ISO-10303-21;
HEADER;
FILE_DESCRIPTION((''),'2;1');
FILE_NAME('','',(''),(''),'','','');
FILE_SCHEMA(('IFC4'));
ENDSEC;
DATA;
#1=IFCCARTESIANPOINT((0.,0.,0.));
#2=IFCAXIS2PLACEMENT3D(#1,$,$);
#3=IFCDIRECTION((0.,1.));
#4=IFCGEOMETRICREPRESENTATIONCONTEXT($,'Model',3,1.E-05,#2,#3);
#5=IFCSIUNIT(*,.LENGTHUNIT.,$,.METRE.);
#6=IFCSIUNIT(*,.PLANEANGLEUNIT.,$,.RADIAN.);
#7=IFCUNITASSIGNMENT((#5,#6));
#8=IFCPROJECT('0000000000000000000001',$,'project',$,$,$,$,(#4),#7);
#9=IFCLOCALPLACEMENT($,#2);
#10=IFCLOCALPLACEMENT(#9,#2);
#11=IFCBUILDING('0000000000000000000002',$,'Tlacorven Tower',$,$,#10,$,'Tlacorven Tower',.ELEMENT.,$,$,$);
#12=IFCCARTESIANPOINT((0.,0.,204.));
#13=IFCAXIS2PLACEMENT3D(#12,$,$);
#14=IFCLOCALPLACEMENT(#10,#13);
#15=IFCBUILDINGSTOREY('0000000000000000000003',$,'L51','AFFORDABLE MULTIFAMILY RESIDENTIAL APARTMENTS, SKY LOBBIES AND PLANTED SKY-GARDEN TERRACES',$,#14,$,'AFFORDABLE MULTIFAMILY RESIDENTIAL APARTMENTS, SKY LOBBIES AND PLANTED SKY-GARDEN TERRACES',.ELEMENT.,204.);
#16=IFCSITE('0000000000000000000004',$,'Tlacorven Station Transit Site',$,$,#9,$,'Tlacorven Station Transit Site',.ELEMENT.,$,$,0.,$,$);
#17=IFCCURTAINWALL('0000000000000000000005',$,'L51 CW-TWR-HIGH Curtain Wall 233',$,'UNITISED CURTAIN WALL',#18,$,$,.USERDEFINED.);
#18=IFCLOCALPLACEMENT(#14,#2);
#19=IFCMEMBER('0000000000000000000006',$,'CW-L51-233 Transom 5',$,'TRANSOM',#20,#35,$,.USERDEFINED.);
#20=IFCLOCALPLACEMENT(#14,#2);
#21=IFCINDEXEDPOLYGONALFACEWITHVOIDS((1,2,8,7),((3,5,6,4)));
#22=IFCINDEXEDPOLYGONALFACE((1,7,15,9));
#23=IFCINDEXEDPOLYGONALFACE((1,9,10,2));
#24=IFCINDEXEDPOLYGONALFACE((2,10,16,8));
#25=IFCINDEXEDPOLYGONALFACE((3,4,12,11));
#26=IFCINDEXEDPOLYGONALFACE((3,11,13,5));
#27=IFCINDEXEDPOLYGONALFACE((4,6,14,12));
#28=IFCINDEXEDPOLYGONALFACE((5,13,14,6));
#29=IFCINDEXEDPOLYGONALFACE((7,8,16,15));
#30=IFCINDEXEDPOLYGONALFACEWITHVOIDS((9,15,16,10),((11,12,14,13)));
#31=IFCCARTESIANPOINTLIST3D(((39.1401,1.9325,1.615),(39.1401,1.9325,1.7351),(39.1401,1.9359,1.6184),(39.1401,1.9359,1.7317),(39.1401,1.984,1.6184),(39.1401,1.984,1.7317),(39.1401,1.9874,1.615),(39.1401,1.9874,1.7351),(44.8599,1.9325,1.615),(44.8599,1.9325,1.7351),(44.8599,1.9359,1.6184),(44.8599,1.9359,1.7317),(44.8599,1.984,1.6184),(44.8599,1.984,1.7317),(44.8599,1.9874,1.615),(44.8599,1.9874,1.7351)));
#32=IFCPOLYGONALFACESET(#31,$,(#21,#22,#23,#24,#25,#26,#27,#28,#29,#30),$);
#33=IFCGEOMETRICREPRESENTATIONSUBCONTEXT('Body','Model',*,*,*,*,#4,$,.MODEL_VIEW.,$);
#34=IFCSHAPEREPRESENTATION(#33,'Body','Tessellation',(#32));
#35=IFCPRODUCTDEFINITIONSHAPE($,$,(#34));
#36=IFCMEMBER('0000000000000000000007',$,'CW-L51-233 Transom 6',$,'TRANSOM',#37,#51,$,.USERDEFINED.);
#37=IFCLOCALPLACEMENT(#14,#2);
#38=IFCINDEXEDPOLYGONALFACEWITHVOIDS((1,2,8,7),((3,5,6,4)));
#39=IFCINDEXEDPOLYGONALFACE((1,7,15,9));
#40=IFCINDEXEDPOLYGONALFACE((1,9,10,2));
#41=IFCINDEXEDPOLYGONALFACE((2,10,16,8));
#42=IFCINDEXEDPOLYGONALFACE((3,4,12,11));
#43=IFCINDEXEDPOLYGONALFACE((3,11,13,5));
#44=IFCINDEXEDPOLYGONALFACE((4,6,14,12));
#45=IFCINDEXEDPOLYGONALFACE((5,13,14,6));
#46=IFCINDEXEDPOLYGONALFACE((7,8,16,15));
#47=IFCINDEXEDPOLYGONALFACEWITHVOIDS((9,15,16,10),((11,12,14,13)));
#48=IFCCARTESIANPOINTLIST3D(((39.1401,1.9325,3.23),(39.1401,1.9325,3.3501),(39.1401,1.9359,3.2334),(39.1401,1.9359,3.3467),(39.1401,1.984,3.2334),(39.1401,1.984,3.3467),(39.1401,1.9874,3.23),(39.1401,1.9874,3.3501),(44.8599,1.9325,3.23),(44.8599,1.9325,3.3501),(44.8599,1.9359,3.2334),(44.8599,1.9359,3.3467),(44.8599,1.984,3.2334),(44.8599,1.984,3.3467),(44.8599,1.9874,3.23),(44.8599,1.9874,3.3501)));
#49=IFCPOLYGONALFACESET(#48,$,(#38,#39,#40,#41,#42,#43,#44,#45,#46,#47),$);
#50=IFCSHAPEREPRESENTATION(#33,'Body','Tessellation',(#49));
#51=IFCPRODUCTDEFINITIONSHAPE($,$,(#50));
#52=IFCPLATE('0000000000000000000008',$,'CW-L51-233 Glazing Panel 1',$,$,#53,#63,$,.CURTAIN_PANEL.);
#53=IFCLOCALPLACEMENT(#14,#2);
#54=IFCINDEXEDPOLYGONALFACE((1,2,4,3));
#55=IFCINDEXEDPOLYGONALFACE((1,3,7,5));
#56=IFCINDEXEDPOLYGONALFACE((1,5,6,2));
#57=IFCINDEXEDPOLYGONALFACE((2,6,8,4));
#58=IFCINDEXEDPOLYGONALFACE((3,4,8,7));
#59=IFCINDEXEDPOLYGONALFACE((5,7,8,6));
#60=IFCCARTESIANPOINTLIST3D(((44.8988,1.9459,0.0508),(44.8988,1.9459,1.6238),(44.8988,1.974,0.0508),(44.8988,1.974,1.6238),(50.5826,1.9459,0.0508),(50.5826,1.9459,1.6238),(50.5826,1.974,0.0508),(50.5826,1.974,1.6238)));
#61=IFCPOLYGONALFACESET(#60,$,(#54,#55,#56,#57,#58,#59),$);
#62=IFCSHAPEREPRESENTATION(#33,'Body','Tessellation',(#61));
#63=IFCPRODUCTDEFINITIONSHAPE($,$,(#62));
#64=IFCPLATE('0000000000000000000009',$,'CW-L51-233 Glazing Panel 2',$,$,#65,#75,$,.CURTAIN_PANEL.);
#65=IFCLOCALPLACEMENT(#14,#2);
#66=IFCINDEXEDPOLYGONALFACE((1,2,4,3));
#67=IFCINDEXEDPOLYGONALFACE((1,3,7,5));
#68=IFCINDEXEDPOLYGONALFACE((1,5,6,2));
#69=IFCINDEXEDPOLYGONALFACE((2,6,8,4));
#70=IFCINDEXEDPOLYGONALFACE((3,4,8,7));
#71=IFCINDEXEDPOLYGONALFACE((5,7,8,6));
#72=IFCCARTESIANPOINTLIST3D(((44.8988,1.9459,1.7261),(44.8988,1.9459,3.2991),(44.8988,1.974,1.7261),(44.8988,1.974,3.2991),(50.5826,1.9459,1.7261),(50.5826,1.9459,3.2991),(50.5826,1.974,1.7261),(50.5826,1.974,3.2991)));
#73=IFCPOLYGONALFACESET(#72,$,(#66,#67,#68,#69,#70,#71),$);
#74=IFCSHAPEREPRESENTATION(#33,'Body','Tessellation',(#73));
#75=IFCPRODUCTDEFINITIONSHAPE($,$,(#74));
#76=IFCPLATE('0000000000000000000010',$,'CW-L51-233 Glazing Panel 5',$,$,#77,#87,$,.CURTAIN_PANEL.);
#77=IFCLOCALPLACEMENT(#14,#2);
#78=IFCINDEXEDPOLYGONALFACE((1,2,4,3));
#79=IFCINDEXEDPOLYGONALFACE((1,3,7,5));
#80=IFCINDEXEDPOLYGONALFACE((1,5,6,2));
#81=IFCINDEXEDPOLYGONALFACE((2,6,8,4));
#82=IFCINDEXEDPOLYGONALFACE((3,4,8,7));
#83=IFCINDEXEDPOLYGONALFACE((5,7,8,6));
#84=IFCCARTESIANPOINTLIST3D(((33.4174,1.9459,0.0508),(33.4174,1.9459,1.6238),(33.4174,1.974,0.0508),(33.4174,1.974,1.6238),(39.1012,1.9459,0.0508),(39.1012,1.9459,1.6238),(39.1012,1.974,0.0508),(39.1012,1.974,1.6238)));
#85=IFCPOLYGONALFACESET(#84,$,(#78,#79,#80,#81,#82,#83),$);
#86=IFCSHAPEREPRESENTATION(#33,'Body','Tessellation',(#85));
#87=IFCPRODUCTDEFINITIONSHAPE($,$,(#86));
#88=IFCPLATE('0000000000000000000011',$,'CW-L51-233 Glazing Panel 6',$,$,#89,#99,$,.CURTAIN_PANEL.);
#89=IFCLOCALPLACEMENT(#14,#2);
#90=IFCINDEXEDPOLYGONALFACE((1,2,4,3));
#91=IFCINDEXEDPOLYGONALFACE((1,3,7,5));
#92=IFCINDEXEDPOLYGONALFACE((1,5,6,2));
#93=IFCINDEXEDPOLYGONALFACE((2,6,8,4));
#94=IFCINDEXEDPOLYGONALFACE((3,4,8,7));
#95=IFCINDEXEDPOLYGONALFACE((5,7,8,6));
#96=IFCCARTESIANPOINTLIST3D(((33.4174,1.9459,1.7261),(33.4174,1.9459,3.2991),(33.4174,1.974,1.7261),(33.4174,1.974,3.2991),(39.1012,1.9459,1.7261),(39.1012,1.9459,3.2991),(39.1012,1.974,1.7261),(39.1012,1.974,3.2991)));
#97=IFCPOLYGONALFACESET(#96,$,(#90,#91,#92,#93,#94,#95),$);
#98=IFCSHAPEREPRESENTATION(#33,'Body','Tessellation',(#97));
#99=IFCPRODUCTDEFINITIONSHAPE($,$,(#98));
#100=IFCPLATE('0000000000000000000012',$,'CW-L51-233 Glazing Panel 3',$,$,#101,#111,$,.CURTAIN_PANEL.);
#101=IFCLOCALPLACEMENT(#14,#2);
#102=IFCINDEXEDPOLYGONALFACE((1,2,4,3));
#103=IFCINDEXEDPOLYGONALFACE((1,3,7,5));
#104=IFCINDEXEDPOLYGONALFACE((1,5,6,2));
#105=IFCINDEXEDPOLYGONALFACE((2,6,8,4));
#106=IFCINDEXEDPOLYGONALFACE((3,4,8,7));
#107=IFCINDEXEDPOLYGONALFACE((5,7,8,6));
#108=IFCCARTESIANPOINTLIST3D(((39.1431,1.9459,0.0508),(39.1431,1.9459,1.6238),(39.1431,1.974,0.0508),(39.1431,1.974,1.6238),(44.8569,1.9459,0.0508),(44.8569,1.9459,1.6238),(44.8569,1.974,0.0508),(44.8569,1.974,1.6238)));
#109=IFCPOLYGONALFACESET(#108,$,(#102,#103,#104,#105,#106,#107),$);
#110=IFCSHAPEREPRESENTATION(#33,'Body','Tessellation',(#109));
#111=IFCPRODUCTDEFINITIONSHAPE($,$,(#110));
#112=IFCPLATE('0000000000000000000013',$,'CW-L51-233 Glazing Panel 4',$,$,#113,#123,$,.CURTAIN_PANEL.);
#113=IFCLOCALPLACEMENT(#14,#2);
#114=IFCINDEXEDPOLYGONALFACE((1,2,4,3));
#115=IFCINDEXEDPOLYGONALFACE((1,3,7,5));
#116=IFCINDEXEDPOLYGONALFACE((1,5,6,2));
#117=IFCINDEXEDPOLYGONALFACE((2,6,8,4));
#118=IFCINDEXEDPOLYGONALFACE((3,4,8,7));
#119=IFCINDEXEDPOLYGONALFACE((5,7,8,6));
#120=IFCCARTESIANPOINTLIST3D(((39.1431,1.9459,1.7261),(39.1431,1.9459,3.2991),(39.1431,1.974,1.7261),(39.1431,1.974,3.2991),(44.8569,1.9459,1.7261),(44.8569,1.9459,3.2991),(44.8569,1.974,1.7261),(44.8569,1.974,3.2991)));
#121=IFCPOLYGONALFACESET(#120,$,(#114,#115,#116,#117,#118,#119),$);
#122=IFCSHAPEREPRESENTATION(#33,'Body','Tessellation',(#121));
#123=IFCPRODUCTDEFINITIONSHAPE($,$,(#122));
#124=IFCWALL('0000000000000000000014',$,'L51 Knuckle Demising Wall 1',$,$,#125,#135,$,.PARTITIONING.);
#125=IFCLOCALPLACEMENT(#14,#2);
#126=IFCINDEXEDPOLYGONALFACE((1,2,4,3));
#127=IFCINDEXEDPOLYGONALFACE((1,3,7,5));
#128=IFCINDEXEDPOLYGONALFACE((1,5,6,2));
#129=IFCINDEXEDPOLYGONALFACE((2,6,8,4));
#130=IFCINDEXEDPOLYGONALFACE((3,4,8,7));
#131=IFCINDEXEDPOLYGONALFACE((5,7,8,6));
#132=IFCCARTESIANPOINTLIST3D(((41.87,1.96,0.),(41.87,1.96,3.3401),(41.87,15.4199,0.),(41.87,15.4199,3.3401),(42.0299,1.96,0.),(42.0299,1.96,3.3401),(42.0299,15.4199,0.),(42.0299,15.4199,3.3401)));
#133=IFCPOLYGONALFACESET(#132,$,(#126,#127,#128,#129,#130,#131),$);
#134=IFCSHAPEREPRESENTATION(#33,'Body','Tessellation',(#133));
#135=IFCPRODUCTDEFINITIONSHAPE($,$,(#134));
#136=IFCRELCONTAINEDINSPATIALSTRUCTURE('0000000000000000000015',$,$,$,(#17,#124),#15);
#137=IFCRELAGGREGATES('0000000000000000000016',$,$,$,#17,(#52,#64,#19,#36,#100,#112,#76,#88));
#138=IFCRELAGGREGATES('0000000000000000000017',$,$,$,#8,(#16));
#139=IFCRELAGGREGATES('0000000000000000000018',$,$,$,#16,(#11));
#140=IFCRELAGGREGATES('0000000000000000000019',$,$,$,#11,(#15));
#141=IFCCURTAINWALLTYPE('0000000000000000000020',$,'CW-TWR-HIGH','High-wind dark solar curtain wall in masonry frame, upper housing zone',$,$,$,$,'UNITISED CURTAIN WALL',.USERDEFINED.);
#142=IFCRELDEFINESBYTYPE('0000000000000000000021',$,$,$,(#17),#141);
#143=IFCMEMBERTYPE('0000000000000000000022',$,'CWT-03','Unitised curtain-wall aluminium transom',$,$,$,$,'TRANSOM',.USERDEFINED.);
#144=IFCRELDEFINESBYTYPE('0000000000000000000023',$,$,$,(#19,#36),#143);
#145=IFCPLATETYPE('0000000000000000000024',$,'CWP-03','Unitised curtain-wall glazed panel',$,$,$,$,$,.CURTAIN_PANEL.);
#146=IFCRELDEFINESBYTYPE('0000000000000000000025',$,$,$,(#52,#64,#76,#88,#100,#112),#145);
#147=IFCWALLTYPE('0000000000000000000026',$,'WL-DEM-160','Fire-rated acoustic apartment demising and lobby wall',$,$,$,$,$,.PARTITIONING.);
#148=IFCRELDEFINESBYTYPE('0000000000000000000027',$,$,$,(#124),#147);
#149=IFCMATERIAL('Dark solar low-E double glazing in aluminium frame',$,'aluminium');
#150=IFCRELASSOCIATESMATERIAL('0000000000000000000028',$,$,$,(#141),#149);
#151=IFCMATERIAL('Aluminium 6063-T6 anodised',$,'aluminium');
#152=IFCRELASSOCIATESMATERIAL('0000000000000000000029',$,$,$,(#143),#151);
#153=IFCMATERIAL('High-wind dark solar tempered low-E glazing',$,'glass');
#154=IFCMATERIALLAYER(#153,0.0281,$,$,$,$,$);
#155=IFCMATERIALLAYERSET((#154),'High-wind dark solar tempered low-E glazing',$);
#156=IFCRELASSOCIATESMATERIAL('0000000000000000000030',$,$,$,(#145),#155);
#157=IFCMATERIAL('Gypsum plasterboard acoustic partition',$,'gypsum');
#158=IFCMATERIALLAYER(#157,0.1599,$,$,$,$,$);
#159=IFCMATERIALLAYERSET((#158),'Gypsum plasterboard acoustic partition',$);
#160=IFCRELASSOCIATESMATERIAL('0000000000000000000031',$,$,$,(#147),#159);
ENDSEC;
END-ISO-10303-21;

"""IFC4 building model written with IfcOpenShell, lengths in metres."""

from ifc_helpers import new_model, si_unit, direction, frame, frame_2d, origin, origin_2d, place, context, subcontext, project, spatial, rectangle, hollow_rectangle, extrude, source, transform, mapped, material, layer, layer_set, material_profile, profile_set, type_object, element, aggregate, save


model = new_model("IFC4")

# Units and contexts
model_context = context("Model", 3, precision=1e-05, world=origin(), true_north=direction((0.0, 1.0)))
body_context = subcontext(model_context, "Body", "Model", "MODEL_VIEW")
ifc_project = project(units=[si_unit("LENGTHUNIT", "METRE"), si_unit("PLANEANGLEUNIT", "RADIAN")], contexts=[model_context])

# Site, building, storey
site_placement = place(None, origin())
site = spatial("IfcSite", under=ifc_project, at=site_placement, Name="Tlacorven Station Transit Site", LongName="Tlacorven Station Transit Site", CompositionType="ELEMENT", RefElevation=0.0)
building_placement = place(site_placement, origin())
building = spatial("IfcBuilding", under=site, at=building_placement, Name="Tlacorven Tower", LongName="Tlacorven Tower", CompositionType="ELEMENT")
storey_placement = place(building_placement, frame((0.0, 0.0, 204.0)))
storey = spatial("IfcBuildingStorey", under=building, at=storey_placement, Name="L51", Description="AFFORDABLE MULTIFAMILY RESIDENTIAL APARTMENTS, SKY LOBBIES AND PLANTED SKY-GARDEN TERRACES", LongName="AFFORDABLE MULTIFAMILY RESIDENTIAL APARTMENTS, SKY LOBBIES AND PLANTED SKY-GARDEN TERRACES", CompositionType="ELEMENT", Elevation=204.0)

# Shared definitions
ifc_material_1 = material(Name="Dark solar low-E double glazing in aluminium frame", Category="aluminium")
curtain_wall_type = type_object("IfcCurtainWallType", Name="CW-TWR-HIGH", Description="High-wind dark solar curtain wall in masonry frame, upper housing zone", ElementType="UNITISED CURTAIN WALL", PredefinedType="USERDEFINED", material=ifc_material_1)
ifc_material_2 = material(Name="Aluminium 6063-T6 anodised", Category="aluminium")

# Curtain wall, members, plates
curtain_wall_1_placement = place(storey_placement, origin())
curtain_wall_1 = element("IfcCurtainWall", 1, at=curtain_wall_1_placement, inside=storey, type_object=curtain_wall_type, Name="L51 CW-TWR-HIGH Curtain Wall 233", ObjectType="UNITISED CURTAIN WALL", PredefinedType="USERDEFINED")
ifc_material_profile_1 = material_profile(ifc_material_2, hollow_rectangle(XDim=0.0549, YDim=0.1201, WallThickness=0.0034, at=origin_2d()), Name="ALU TRANSOM 55X120")
ifc_profile_set_1 = profile_set([ifc_material_profile_1], Name="Aluminium 6063-T6 anodised")
member_type_1 = type_object("IfcMemberType", Name="CWT-03", Description="Unitised curtain-wall aluminium transom", ElementType="TRANSOM", PredefinedType="USERDEFINED", material=ifc_profile_set_1)
shared_shape_1 = source(origin(), body_context, "Body", "SweptSolid", [
    extrude(hollow_rectangle(XDim=0.0549, YDim=0.1201, WallThickness=0.0034, at=origin_2d()), origin(), (0.0, 0.0, 1.0), 5.7197),
])
member_1_placement = place(storey_placement, frame((44.8599, 1.96, 1.675), z_axis=(-1.0, 0.0, 0.0), x_axis=(0.0, -1.0, 0.0)))
member_1 = element("IfcMember", 2, at=member_1_placement, type_object=member_type_1, Name="CW-L51-233 Transom 5", ObjectType="TRANSOM", PredefinedType="USERDEFINED", context=body_context, shape_type="MappedRepresentation", body=[
    mapped(shared_shape_1, transform((0.0, 0.0, 0.0), scale=1.0)),
])
member_2_placement = place(storey_placement, frame((44.8599, 1.96, 3.29), z_axis=(-1.0, 0.0, 0.0), x_axis=(0.0, -1.0, 0.0)))
member_2 = element("IfcMember", 3, at=member_2_placement, type_object=member_type_1, Name="CW-L51-233 Transom 6", ObjectType="TRANSOM", PredefinedType="USERDEFINED", context=body_context, shape_type="MappedRepresentation", body=[
    mapped(shared_shape_1, transform((0.0, 0.0, 0.0), scale=1.0)),
])
ifc_material_3 = material(Name="High-wind dark solar tempered low-E glazing", Category="glass")
ifc_layer_1 = layer(ifc_material_3, 0.0281)
ifc_layer_set_1 = layer_set([ifc_layer_1], Name="High-wind dark solar tempered low-E glazing")
plate_type = type_object("IfcPlateType", Name="CWP-03", Description="Unitised curtain-wall glazed panel", PredefinedType="CURTAIN_PANEL", material=ifc_layer_set_1)
shared_shape_2 = source(origin(), body_context, "Body", "SweptSolid", [
    extrude(rectangle(XDim=5.6838, YDim=0.0281, at=origin_2d()), origin(), (0.0, 0.0, 1.0), 1.573),
])
plate_1_placement = place(storey_placement, frame((47.7407, 1.96, 0.0508), z_axis=(0.0, 0.0, 1.0), x_axis=(-1.0, 0.0, 0.0)))
plate_1 = element("IfcPlate", 4, at=plate_1_placement, type_object=plate_type, Name="CW-L51-233 Glazing Panel 1", PredefinedType="CURTAIN_PANEL", context=body_context, shape_type="MappedRepresentation", body=[
    mapped(shared_shape_2, transform((0.0, 0.0, 0.0), scale=1.0)),
])
plate_2_placement = place(storey_placement, frame((47.7407, 1.96, 1.7261), z_axis=(0.0, 0.0, 1.0), x_axis=(-1.0, 0.0, 0.0)))
plate_2 = element("IfcPlate", 5, at=plate_2_placement, type_object=plate_type, Name="CW-L51-233 Glazing Panel 2", PredefinedType="CURTAIN_PANEL", context=body_context, shape_type="MappedRepresentation", body=[
    mapped(shared_shape_2, transform((0.0, 0.0, 0.0), scale=1.0)),
])
plate_3_placement = place(storey_placement, frame((36.2593, 1.96, 0.0508), z_axis=(0.0, 0.0, 1.0), x_axis=(-1.0, 0.0, 0.0)))
plate_3 = element("IfcPlate", 6, at=plate_3_placement, type_object=plate_type, Name="CW-L51-233 Glazing Panel 5", PredefinedType="CURTAIN_PANEL", context=body_context, shape_type="MappedRepresentation", body=[
    mapped(shared_shape_2, transform((0.0, 0.0, 0.0), scale=1.0)),
])
plate_4_placement = place(storey_placement, frame((36.2593, 1.96, 1.7261), z_axis=(0.0, 0.0, 1.0), x_axis=(-1.0, 0.0, 0.0)))
plate_4 = element("IfcPlate", 7, at=plate_4_placement, type_object=plate_type, Name="CW-L51-233 Glazing Panel 6", PredefinedType="CURTAIN_PANEL", context=body_context, shape_type="MappedRepresentation", body=[
    mapped(shared_shape_2, transform((0.0, 0.0, 0.0), scale=1.0)),
])
shared_shape_3 = source(origin(), body_context, "Body", "SweptSolid", [
    extrude(rectangle(XDim=5.7139, YDim=0.0281, at=origin_2d()), origin(), (0.0, 0.0, 1.0), 1.573),
])
plate_5_placement = place(storey_placement, frame((42.0, 1.96, 0.0508), z_axis=(0.0, 0.0, 1.0), x_axis=(-1.0, 0.0, 0.0)))
plate_5 = element("IfcPlate", 8, at=plate_5_placement, type_object=plate_type, Name="CW-L51-233 Glazing Panel 3", PredefinedType="CURTAIN_PANEL", context=body_context, shape_type="MappedRepresentation", body=[
    mapped(shared_shape_3, transform((0.0, 0.0, 0.0), scale=1.0)),
])
plate_6_placement = place(storey_placement, frame((42.0, 1.96, 1.7261), z_axis=(0.0, 0.0, 1.0), x_axis=(-1.0, 0.0, 0.0)))
plate_6 = element("IfcPlate", 9, at=plate_6_placement, type_object=plate_type, Name="CW-L51-233 Glazing Panel 4", PredefinedType="CURTAIN_PANEL", context=body_context, shape_type="MappedRepresentation", body=[
    mapped(shared_shape_3, transform((0.0, 0.0, 0.0), scale=1.0)),
])
aggregate(curtain_wall_1, [plate_1, plate_2, member_1, member_2, plate_5, plate_6, plate_3, plate_4])

# Wall
ifc_material_4 = material(Name="Gypsum plasterboard acoustic partition", Category="gypsum")
ifc_layer_2 = layer(ifc_material_4, 0.1599)
ifc_layer_set_2 = layer_set([ifc_layer_2], Name="Gypsum plasterboard acoustic partition")
wall_type_1 = type_object("IfcWallType", Name="WL-DEM-160", Description="Fire-rated acoustic apartment demising and lobby wall", PredefinedType="PARTITIONING", material=ifc_layer_set_2)
wall_1_placement = place(storey_placement, frame((41.95, 1.96, 0.0), z_axis=(0.0, 0.0, 1.0), x_axis=(0.0, 1.0, 0.0)))
element("IfcWall", 10, at=wall_1_placement, inside=storey, type_object=wall_type_1, Name="L51 Knuckle Demising Wall 1", PredefinedType="PARTITIONING", context=body_context, shape_type="SweptSolid", body=[
    extrude(rectangle(XDim=13.46, YDim=0.1599, at=frame_2d((6.73, 0.0))), origin(), (0.0, 0.0, 1.0), 3.3401),
])

save(model, "model.ifc")
